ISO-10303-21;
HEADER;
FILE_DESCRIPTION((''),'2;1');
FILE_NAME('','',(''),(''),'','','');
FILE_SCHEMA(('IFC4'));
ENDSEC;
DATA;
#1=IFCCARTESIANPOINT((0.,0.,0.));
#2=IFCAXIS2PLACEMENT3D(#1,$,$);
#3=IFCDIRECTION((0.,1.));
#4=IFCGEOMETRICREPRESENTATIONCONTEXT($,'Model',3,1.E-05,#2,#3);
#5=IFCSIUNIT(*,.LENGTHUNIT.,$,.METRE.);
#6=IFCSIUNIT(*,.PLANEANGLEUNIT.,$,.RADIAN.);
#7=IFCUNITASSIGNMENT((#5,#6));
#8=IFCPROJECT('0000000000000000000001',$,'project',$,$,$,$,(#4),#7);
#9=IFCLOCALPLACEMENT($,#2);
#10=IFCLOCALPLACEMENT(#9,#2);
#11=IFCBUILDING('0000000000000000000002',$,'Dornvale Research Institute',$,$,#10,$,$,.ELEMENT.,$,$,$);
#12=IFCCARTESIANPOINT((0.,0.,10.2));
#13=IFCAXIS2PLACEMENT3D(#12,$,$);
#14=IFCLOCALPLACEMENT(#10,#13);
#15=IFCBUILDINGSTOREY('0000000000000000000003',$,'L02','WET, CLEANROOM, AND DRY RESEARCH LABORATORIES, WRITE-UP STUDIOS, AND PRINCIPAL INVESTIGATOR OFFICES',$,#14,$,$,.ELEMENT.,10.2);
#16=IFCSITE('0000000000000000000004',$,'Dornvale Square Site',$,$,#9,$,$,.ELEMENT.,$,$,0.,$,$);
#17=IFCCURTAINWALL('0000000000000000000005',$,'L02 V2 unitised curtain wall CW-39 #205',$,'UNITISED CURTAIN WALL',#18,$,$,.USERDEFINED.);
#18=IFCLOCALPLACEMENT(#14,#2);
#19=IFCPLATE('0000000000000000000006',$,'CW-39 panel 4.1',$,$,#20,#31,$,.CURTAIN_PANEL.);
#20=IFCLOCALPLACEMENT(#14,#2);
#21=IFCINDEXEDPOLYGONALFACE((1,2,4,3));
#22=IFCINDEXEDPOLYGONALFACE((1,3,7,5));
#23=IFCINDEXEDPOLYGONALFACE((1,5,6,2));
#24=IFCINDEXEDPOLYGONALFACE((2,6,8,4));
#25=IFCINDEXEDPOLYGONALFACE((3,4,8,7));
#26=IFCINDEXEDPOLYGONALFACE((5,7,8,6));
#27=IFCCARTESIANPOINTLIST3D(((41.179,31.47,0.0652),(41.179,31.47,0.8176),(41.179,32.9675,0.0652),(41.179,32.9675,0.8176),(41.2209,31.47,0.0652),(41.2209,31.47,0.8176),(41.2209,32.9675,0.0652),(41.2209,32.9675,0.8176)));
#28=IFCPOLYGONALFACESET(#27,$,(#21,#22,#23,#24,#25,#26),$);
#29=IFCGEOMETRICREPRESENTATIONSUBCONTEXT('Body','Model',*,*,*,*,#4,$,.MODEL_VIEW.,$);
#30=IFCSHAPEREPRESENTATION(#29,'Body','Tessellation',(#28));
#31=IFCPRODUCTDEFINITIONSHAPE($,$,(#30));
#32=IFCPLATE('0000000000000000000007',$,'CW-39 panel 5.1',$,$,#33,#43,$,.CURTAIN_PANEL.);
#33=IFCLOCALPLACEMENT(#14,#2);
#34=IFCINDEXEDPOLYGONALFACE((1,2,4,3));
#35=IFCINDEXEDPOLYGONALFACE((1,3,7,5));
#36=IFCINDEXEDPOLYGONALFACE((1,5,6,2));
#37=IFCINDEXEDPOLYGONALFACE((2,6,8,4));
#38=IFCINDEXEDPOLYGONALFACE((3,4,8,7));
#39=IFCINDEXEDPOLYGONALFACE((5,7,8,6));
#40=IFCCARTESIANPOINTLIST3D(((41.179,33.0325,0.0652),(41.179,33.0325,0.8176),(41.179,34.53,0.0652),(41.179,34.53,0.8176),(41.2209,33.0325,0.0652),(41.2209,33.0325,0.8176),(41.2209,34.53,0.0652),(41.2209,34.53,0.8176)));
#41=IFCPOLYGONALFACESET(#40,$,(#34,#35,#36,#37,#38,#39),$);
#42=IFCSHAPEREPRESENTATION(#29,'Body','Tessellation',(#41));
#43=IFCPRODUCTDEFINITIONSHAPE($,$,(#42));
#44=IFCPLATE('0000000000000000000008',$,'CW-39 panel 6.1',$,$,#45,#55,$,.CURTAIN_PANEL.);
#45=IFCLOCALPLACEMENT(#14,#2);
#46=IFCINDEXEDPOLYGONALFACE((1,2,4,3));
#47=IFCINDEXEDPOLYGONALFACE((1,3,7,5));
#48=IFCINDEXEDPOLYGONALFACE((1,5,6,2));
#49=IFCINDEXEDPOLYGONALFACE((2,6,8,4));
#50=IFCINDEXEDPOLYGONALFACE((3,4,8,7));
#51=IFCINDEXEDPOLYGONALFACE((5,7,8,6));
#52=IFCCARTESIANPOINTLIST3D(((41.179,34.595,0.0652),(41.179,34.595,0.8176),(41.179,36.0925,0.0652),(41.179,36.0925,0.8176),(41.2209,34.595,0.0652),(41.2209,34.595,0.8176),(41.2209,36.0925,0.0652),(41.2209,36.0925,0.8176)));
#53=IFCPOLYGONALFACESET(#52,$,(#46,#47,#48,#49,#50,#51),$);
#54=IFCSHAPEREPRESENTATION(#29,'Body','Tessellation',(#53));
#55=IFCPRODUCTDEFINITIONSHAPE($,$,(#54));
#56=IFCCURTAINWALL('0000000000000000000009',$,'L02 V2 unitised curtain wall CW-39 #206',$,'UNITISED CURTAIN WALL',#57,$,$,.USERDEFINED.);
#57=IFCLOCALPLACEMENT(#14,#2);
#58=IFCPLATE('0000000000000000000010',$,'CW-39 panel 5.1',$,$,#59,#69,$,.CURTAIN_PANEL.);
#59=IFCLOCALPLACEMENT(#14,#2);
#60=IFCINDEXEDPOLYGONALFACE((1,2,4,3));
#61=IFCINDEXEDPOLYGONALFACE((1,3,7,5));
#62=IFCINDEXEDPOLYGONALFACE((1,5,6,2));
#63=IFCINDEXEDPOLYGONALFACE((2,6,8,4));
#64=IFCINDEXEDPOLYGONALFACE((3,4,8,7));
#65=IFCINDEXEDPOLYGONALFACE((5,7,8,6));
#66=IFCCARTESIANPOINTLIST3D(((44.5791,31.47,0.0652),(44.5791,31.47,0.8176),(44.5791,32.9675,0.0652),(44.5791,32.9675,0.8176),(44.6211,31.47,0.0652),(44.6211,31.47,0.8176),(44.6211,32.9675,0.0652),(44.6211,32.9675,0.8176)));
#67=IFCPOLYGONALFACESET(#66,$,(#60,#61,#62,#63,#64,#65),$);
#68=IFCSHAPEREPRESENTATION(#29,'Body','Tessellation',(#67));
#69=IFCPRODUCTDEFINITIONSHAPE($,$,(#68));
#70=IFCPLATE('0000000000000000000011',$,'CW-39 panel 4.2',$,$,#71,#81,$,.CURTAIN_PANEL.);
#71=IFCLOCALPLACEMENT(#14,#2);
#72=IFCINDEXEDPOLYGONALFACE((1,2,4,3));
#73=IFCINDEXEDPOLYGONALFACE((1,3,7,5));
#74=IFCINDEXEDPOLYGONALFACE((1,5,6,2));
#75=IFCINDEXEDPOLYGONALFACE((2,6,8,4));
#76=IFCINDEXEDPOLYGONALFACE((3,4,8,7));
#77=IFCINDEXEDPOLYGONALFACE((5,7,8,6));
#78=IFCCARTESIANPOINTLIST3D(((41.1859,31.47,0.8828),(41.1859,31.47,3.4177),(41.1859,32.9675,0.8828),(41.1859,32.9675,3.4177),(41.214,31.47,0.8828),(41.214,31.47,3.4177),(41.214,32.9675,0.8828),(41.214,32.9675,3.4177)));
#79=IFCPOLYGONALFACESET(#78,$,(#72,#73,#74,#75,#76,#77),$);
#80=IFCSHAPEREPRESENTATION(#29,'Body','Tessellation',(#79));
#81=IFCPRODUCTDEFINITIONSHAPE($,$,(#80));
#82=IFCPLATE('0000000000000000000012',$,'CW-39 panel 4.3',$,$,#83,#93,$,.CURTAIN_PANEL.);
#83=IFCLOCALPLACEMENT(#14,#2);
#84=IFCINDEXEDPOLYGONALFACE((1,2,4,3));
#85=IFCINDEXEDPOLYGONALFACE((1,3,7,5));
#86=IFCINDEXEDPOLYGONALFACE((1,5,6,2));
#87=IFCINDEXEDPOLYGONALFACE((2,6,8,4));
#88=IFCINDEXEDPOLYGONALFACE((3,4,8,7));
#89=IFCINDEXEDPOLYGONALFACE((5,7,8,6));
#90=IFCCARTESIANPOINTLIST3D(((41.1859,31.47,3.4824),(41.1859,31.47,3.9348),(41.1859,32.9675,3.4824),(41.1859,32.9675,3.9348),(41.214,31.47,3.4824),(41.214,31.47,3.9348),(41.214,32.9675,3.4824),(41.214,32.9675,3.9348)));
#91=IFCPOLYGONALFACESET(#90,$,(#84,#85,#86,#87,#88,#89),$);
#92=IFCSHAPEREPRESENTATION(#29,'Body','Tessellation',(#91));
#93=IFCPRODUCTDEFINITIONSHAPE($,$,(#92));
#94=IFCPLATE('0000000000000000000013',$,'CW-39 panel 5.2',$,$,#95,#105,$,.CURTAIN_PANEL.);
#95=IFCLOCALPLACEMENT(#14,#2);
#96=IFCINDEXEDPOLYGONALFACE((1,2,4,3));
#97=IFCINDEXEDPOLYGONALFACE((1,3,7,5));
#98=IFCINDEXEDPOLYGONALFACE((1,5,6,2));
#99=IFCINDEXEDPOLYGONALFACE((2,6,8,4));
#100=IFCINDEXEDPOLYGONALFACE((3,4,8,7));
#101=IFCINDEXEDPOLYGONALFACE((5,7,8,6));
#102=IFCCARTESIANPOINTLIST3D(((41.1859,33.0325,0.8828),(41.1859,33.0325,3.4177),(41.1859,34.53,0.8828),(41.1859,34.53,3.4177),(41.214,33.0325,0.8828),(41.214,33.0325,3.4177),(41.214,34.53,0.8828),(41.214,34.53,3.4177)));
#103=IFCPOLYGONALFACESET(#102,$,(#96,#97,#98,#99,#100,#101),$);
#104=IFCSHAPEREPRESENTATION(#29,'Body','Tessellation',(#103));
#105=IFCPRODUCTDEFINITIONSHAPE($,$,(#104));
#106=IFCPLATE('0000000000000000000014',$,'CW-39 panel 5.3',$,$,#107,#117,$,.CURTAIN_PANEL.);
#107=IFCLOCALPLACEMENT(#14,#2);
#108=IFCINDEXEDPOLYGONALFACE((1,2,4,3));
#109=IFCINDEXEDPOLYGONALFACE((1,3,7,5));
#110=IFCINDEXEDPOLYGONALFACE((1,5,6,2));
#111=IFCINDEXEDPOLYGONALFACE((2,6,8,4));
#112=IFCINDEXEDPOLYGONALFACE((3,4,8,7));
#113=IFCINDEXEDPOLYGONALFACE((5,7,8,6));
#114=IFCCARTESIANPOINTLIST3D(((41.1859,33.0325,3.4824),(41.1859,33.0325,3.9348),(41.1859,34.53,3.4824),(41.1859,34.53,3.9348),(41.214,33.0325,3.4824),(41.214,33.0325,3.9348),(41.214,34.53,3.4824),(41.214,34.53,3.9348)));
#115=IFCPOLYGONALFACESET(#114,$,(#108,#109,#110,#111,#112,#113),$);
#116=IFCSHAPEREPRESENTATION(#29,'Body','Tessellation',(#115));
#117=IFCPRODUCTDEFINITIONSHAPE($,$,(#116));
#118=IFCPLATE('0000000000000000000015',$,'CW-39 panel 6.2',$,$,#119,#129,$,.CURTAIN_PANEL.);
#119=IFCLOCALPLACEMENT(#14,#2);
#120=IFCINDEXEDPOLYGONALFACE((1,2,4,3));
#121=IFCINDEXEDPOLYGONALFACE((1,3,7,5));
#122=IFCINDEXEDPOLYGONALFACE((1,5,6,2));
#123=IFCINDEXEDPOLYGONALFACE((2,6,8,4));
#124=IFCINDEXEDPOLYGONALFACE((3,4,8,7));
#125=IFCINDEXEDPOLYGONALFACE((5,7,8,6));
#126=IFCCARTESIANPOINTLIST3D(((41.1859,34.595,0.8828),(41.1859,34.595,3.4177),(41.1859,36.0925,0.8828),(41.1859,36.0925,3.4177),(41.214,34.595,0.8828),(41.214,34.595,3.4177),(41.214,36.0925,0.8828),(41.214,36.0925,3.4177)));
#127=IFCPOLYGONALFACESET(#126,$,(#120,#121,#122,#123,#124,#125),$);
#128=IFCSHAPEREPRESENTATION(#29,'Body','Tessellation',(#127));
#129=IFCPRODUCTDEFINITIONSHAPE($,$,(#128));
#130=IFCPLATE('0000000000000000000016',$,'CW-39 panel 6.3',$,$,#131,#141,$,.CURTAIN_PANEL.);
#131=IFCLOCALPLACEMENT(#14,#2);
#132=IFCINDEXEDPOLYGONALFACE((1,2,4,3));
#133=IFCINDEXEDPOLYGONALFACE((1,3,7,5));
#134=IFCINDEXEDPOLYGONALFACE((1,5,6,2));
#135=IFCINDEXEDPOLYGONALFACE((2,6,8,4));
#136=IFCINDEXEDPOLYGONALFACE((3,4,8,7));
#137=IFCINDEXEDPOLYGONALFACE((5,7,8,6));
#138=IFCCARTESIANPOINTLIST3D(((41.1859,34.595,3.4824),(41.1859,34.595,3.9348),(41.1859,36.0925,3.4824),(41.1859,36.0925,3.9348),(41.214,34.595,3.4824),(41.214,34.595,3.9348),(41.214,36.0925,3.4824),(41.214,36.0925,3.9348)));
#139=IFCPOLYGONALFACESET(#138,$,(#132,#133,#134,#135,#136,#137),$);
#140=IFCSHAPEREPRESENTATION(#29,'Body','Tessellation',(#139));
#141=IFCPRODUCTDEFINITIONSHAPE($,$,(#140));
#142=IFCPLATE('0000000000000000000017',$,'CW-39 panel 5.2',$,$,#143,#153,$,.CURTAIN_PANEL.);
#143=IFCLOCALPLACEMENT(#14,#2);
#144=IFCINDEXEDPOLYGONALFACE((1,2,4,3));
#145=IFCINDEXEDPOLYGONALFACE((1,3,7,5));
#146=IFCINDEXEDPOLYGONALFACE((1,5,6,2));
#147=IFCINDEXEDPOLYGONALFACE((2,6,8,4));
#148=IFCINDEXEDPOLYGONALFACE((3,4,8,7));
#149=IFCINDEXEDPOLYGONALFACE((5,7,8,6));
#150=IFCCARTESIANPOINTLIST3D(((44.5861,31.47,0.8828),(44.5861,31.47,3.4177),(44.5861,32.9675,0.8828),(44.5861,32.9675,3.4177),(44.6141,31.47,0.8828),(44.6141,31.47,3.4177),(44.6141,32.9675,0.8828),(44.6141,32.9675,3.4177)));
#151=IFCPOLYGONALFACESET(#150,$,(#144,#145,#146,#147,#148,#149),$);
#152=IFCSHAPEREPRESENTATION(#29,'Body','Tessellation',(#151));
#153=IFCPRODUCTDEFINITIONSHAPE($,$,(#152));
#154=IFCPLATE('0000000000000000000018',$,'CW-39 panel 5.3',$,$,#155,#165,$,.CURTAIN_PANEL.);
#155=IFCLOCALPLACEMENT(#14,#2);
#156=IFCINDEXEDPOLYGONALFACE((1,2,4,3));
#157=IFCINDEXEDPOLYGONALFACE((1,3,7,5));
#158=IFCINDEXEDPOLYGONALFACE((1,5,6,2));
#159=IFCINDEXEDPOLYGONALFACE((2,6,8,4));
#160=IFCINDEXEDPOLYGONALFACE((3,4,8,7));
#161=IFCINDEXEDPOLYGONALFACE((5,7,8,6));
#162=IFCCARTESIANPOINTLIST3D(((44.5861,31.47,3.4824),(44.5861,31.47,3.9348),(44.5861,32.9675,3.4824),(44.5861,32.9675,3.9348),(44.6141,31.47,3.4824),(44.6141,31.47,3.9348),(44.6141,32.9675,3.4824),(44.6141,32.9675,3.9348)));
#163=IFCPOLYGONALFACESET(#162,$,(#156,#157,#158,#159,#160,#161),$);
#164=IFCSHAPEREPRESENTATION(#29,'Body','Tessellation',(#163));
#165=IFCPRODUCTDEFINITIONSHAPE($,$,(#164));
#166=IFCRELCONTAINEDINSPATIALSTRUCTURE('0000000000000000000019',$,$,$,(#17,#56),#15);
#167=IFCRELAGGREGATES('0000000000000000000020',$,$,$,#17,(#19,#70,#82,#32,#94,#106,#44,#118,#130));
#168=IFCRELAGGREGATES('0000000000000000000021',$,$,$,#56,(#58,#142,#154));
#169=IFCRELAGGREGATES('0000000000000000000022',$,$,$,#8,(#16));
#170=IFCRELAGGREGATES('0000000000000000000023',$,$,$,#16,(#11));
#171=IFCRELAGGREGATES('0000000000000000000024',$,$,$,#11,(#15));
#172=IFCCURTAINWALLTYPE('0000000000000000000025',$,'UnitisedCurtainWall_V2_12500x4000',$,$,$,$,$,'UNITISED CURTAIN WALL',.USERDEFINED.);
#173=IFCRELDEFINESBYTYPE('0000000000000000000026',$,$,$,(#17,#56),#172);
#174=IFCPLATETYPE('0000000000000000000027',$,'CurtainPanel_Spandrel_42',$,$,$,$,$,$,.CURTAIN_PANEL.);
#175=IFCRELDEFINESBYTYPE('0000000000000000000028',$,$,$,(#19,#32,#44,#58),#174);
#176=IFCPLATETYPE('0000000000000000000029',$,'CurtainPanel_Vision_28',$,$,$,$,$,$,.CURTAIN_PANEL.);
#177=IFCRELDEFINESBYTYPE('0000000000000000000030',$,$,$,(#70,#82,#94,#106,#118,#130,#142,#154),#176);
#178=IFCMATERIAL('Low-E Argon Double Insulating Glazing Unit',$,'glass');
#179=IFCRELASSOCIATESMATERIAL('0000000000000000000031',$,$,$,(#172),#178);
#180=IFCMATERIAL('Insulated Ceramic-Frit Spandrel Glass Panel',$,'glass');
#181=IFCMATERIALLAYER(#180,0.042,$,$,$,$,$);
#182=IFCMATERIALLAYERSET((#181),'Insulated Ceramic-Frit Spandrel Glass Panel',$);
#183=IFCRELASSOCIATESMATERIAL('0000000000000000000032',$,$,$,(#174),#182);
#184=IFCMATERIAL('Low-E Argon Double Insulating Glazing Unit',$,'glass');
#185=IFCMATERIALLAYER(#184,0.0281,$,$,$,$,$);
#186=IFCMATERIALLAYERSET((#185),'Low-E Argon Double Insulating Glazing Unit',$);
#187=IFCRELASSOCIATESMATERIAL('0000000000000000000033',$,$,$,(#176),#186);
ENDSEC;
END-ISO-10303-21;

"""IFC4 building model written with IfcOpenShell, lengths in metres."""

from ifc_helpers import new_model, si_unit, direction, frame, origin, origin_2d, place, context, subcontext, project, spatial, rectangle, extrude, material, layer, layer_set, type_object, element, aggregate, save


model = new_model("IFC4")

# Units and contexts
model_context = context("Model", 3, precision=1e-05, world=origin(), true_north=direction((0.0, 1.0)))
body_context = subcontext(model_context, "Body", "Model", "MODEL_VIEW")
ifc_project = project(units=[si_unit("LENGTHUNIT", "METRE"), si_unit("PLANEANGLEUNIT", "RADIAN")], contexts=[model_context])

# Site, building, storey
site_placement = place(None, origin())
site = spatial("IfcSite", under=ifc_project, at=site_placement, Name="Dornvale Square Site", CompositionType="ELEMENT", RefElevation=0.0)
building_placement = place(site_placement, origin())
building = spatial("IfcBuilding", under=site, at=building_placement, Name="Dornvale Research Institute", CompositionType="ELEMENT")
storey_placement = place(building_placement, frame((0.0, 0.0, 10.2)))
storey = spatial("IfcBuildingStorey", under=building, at=storey_placement, Name="L02", Description="WET, CLEANROOM, AND DRY RESEARCH LABORATORIES, WRITE-UP STUDIOS, AND PRINCIPAL INVESTIGATOR OFFICES", CompositionType="ELEMENT", Elevation=10.2)

# Curtain wall, plates
ifc_material_1 = material(Name="Low-E Argon Double Insulating Glazing Unit", Category="glass")
curtain_wall_type = type_object("IfcCurtainWallType", Name="UnitisedCurtainWall_V2_12500x4000", ElementType="UNITISED CURTAIN WALL", PredefinedType="USERDEFINED", material=ifc_material_1)
curtain_wall_1_placement = place(storey_placement, origin())
curtain_wall_1 = element("IfcCurtainWall", 1, at=curtain_wall_1_placement, inside=storey, type_object=curtain_wall_type, Name="L02 V2 unitised curtain wall CW-39 #205", ObjectType="UNITISED CURTAIN WALL", PredefinedType="USERDEFINED")
ifc_material_2 = material(Name="Insulated Ceramic-Frit Spandrel Glass Panel", Category="glass")
ifc_layer_1 = layer(ifc_material_2, 0.042)
ifc_layer_set_1 = layer_set([ifc_layer_1], Name="Insulated Ceramic-Frit Spandrel Glass Panel")
plate_type_1 = type_object("IfcPlateType", Name="CurtainPanel_Spandrel_42", PredefinedType="CURTAIN_PANEL", material=ifc_layer_set_1)
plate_1_placement = place(storey_placement, frame((41.2, 32.2188, 0.0652), z_axis=(0.0, 0.0, 1.0), x_axis=(0.0, 1.0, 0.0)))
plate_1 = element("IfcPlate", 2, at=plate_1_placement, type_object=plate_type_1, Name="CW-39 panel 4.1", PredefinedType="CURTAIN_PANEL", context=body_context, shape_type="SweptSolid", body=[
    extrude(rectangle(XDim=1.4976, YDim=0.042, at=origin_2d()), origin(), (0.0, 0.0, 1.0), 0.7524),
])
plate_2_placement = place(storey_placement, frame((41.2, 33.7812, 0.0652), z_axis=(0.0, 0.0, 1.0), x_axis=(0.0, 1.0, 0.0)))
plate_2 = element("IfcPlate", 3, at=plate_2_placement, type_object=plate_type_1, Name="CW-39 panel 5.1", PredefinedType="CURTAIN_PANEL", context=body_context, shape_type="SweptSolid", body=[
    extrude(rectangle(XDim=1.4976, YDim=0.042, at=origin_2d()), origin(), (0.0, 0.0, 1.0), 0.7524),
])
plate_3_placement = place(storey_placement, frame((41.2, 35.3438, 0.0652), z_axis=(0.0, 0.0, 1.0), x_axis=(0.0, 1.0, 0.0)))
plate_3 = element("IfcPlate", 4, at=plate_3_placement, type_object=plate_type_1, Name="CW-39 panel 6.1", PredefinedType="CURTAIN_PANEL", context=body_context, shape_type="SweptSolid", body=[
    extrude(rectangle(XDim=1.4976, YDim=0.042, at=origin_2d()), origin(), (0.0, 0.0, 1.0), 0.7524),
])

# Curtain wall, plate
curtain_wall_2_placement = place(storey_placement, origin())
curtain_wall_2 = element("IfcCurtainWall", 5, at=curtain_wall_2_placement, inside=storey, type_object=curtain_wall_type, Name="L02 V2 unitised curtain wall CW-39 #206", ObjectType="UNITISED CURTAIN WALL", PredefinedType="USERDEFINED")
plate_4_placement = place(storey_placement, frame((44.6001, 32.2188, 0.0652), z_axis=(0.0, 0.0, 1.0), x_axis=(0.0, -1.0, 0.0)))
plate_4 = element("IfcPlate", 6, at=plate_4_placement, type_object=plate_type_1, Name="CW-39 panel 5.1", PredefinedType="CURTAIN_PANEL", context=body_context, shape_type="SweptSolid", body=[
    extrude(rectangle(XDim=1.4976, YDim=0.042, at=origin_2d()), origin(), (0.0, 0.0, 1.0), 0.7524),
])

# Plates
ifc_material_3 = material(Name="Low-E Argon Double Insulating Glazing Unit", Category="glass")
ifc_layer_2 = layer(ifc_material_3, 0.0281)
ifc_layer_set_2 = layer_set([ifc_layer_2], Name="Low-E Argon Double Insulating Glazing Unit")
plate_type_2 = type_object("IfcPlateType", Name="CurtainPanel_Vision_28", PredefinedType="CURTAIN_PANEL", material=ifc_layer_set_2)
plate_5_placement = place(storey_placement, frame((41.2, 32.2188, 0.8828), z_axis=(0.0, 0.0, 1.0), x_axis=(0.0, 1.0, 0.0)))
plate_5 = element("IfcPlate", 7, at=plate_5_placement, type_object=plate_type_2, Name="CW-39 panel 4.2", PredefinedType="CURTAIN_PANEL", context=body_context, shape_type="SweptSolid", body=[
    extrude(rectangle(XDim=1.4976, YDim=0.0281, at=origin_2d()), origin(), (0.0, 0.0, 1.0), 2.5349),
])
plate_6_placement = place(storey_placement, frame((41.2, 32.2188, 3.4824), z_axis=(0.0, 0.0, 1.0), x_axis=(0.0, 1.0, 0.0)))
plate_6 = element("IfcPlate", 8, at=plate_6_placement, type_object=plate_type_2, Name="CW-39 panel 4.3", PredefinedType="CURTAIN_PANEL", context=body_context, shape_type="SweptSolid", body=[
    extrude(rectangle(XDim=1.4976, YDim=0.0281, at=origin_2d()), origin(), (0.0, 0.0, 1.0), 0.4524),
])
plate_7_placement = place(storey_placement, frame((41.2, 33.7812, 0.8828), z_axis=(0.0, 0.0, 1.0), x_axis=(0.0, 1.0, 0.0)))
plate_7 = element("IfcPlate", 9, at=plate_7_placement, type_object=plate_type_2, Name="CW-39 panel 5.2", PredefinedType="CURTAIN_PANEL", context=body_context, shape_type="SweptSolid", body=[
    extrude(rectangle(XDim=1.4976, YDim=0.0281, at=origin_2d()), origin(), (0.0, 0.0, 1.0), 2.5349),
])
plate_8_placement = place(storey_placement, frame((41.2, 33.7812, 3.4824), z_axis=(0.0, 0.0, 1.0), x_axis=(0.0, 1.0, 0.0)))
plate_8 = element("IfcPlate", 10, at=plate_8_placement, type_object=plate_type_2, Name="CW-39 panel 5.3", PredefinedType="CURTAIN_PANEL", context=body_context, shape_type="SweptSolid", body=[
    extrude(rectangle(XDim=1.4976, YDim=0.0281, at=origin_2d()), origin(), (0.0, 0.0, 1.0), 0.4524),
])
plate_9_placement = place(storey_placement, frame((41.2, 35.3438, 0.8828), z_axis=(0.0, 0.0, 1.0), x_axis=(0.0, 1.0, 0.0)))
plate_9 = element("IfcPlate", 11, at=plate_9_placement, type_object=plate_type_2, Name="CW-39 panel 6.2", PredefinedType="CURTAIN_PANEL", context=body_context, shape_type="SweptSolid", body=[
    extrude(rectangle(XDim=1.4976, YDim=0.0281, at=origin_2d()), origin(), (0.0, 0.0, 1.0), 2.5349),
])
plate_10_placement = place(storey_placement, frame((41.2, 35.3438, 3.4824), z_axis=(0.0, 0.0, 1.0), x_axis=(0.0, 1.0, 0.0)))
plate_10 = element("IfcPlate", 12, at=plate_10_placement, type_object=plate_type_2, Name="CW-39 panel 6.3", PredefinedType="CURTAIN_PANEL", context=body_context, shape_type="SweptSolid", body=[
    extrude(rectangle(XDim=1.4976, YDim=0.0281, at=origin_2d()), origin(), (0.0, 0.0, 1.0), 0.4524),
])
aggregate(curtain_wall_1, [plate_1, plate_5, plate_6, plate_2, plate_7, plate_8, plate_3, plate_9, plate_10])
plate_11_placement = place(storey_placement, frame((44.6001, 32.2188, 0.8828), z_axis=(0.0, 0.0, 1.0), x_axis=(0.0, -1.0, 0.0)))
plate_11 = element("IfcPlate", 13, at=plate_11_placement, type_object=plate_type_2, Name="CW-39 panel 5.2", PredefinedType="CURTAIN_PANEL", context=body_context, shape_type="SweptSolid", body=[
    extrude(rectangle(XDim=1.4976, YDim=0.0281, at=origin_2d()), origin(), (0.0, 0.0, 1.0), 2.5349),
])
plate_12_placement = place(storey_placement, frame((44.6001, 32.2188, 3.4824), z_axis=(0.0, 0.0, 1.0), x_axis=(0.0, -1.0, 0.0)))
plate_12 = element("IfcPlate", 14, at=plate_12_placement, type_object=plate_type_2, Name="CW-39 panel 5.3", PredefinedType="CURTAIN_PANEL", context=body_context, shape_type="SweptSolid", body=[
    extrude(rectangle(XDim=1.4976, YDim=0.0281, at=origin_2d()), origin(), (0.0, 0.0, 1.0), 0.4524),
])
aggregate(curtain_wall_2, [plate_4, plate_11, plate_12])

save(model, "model.ifc")
